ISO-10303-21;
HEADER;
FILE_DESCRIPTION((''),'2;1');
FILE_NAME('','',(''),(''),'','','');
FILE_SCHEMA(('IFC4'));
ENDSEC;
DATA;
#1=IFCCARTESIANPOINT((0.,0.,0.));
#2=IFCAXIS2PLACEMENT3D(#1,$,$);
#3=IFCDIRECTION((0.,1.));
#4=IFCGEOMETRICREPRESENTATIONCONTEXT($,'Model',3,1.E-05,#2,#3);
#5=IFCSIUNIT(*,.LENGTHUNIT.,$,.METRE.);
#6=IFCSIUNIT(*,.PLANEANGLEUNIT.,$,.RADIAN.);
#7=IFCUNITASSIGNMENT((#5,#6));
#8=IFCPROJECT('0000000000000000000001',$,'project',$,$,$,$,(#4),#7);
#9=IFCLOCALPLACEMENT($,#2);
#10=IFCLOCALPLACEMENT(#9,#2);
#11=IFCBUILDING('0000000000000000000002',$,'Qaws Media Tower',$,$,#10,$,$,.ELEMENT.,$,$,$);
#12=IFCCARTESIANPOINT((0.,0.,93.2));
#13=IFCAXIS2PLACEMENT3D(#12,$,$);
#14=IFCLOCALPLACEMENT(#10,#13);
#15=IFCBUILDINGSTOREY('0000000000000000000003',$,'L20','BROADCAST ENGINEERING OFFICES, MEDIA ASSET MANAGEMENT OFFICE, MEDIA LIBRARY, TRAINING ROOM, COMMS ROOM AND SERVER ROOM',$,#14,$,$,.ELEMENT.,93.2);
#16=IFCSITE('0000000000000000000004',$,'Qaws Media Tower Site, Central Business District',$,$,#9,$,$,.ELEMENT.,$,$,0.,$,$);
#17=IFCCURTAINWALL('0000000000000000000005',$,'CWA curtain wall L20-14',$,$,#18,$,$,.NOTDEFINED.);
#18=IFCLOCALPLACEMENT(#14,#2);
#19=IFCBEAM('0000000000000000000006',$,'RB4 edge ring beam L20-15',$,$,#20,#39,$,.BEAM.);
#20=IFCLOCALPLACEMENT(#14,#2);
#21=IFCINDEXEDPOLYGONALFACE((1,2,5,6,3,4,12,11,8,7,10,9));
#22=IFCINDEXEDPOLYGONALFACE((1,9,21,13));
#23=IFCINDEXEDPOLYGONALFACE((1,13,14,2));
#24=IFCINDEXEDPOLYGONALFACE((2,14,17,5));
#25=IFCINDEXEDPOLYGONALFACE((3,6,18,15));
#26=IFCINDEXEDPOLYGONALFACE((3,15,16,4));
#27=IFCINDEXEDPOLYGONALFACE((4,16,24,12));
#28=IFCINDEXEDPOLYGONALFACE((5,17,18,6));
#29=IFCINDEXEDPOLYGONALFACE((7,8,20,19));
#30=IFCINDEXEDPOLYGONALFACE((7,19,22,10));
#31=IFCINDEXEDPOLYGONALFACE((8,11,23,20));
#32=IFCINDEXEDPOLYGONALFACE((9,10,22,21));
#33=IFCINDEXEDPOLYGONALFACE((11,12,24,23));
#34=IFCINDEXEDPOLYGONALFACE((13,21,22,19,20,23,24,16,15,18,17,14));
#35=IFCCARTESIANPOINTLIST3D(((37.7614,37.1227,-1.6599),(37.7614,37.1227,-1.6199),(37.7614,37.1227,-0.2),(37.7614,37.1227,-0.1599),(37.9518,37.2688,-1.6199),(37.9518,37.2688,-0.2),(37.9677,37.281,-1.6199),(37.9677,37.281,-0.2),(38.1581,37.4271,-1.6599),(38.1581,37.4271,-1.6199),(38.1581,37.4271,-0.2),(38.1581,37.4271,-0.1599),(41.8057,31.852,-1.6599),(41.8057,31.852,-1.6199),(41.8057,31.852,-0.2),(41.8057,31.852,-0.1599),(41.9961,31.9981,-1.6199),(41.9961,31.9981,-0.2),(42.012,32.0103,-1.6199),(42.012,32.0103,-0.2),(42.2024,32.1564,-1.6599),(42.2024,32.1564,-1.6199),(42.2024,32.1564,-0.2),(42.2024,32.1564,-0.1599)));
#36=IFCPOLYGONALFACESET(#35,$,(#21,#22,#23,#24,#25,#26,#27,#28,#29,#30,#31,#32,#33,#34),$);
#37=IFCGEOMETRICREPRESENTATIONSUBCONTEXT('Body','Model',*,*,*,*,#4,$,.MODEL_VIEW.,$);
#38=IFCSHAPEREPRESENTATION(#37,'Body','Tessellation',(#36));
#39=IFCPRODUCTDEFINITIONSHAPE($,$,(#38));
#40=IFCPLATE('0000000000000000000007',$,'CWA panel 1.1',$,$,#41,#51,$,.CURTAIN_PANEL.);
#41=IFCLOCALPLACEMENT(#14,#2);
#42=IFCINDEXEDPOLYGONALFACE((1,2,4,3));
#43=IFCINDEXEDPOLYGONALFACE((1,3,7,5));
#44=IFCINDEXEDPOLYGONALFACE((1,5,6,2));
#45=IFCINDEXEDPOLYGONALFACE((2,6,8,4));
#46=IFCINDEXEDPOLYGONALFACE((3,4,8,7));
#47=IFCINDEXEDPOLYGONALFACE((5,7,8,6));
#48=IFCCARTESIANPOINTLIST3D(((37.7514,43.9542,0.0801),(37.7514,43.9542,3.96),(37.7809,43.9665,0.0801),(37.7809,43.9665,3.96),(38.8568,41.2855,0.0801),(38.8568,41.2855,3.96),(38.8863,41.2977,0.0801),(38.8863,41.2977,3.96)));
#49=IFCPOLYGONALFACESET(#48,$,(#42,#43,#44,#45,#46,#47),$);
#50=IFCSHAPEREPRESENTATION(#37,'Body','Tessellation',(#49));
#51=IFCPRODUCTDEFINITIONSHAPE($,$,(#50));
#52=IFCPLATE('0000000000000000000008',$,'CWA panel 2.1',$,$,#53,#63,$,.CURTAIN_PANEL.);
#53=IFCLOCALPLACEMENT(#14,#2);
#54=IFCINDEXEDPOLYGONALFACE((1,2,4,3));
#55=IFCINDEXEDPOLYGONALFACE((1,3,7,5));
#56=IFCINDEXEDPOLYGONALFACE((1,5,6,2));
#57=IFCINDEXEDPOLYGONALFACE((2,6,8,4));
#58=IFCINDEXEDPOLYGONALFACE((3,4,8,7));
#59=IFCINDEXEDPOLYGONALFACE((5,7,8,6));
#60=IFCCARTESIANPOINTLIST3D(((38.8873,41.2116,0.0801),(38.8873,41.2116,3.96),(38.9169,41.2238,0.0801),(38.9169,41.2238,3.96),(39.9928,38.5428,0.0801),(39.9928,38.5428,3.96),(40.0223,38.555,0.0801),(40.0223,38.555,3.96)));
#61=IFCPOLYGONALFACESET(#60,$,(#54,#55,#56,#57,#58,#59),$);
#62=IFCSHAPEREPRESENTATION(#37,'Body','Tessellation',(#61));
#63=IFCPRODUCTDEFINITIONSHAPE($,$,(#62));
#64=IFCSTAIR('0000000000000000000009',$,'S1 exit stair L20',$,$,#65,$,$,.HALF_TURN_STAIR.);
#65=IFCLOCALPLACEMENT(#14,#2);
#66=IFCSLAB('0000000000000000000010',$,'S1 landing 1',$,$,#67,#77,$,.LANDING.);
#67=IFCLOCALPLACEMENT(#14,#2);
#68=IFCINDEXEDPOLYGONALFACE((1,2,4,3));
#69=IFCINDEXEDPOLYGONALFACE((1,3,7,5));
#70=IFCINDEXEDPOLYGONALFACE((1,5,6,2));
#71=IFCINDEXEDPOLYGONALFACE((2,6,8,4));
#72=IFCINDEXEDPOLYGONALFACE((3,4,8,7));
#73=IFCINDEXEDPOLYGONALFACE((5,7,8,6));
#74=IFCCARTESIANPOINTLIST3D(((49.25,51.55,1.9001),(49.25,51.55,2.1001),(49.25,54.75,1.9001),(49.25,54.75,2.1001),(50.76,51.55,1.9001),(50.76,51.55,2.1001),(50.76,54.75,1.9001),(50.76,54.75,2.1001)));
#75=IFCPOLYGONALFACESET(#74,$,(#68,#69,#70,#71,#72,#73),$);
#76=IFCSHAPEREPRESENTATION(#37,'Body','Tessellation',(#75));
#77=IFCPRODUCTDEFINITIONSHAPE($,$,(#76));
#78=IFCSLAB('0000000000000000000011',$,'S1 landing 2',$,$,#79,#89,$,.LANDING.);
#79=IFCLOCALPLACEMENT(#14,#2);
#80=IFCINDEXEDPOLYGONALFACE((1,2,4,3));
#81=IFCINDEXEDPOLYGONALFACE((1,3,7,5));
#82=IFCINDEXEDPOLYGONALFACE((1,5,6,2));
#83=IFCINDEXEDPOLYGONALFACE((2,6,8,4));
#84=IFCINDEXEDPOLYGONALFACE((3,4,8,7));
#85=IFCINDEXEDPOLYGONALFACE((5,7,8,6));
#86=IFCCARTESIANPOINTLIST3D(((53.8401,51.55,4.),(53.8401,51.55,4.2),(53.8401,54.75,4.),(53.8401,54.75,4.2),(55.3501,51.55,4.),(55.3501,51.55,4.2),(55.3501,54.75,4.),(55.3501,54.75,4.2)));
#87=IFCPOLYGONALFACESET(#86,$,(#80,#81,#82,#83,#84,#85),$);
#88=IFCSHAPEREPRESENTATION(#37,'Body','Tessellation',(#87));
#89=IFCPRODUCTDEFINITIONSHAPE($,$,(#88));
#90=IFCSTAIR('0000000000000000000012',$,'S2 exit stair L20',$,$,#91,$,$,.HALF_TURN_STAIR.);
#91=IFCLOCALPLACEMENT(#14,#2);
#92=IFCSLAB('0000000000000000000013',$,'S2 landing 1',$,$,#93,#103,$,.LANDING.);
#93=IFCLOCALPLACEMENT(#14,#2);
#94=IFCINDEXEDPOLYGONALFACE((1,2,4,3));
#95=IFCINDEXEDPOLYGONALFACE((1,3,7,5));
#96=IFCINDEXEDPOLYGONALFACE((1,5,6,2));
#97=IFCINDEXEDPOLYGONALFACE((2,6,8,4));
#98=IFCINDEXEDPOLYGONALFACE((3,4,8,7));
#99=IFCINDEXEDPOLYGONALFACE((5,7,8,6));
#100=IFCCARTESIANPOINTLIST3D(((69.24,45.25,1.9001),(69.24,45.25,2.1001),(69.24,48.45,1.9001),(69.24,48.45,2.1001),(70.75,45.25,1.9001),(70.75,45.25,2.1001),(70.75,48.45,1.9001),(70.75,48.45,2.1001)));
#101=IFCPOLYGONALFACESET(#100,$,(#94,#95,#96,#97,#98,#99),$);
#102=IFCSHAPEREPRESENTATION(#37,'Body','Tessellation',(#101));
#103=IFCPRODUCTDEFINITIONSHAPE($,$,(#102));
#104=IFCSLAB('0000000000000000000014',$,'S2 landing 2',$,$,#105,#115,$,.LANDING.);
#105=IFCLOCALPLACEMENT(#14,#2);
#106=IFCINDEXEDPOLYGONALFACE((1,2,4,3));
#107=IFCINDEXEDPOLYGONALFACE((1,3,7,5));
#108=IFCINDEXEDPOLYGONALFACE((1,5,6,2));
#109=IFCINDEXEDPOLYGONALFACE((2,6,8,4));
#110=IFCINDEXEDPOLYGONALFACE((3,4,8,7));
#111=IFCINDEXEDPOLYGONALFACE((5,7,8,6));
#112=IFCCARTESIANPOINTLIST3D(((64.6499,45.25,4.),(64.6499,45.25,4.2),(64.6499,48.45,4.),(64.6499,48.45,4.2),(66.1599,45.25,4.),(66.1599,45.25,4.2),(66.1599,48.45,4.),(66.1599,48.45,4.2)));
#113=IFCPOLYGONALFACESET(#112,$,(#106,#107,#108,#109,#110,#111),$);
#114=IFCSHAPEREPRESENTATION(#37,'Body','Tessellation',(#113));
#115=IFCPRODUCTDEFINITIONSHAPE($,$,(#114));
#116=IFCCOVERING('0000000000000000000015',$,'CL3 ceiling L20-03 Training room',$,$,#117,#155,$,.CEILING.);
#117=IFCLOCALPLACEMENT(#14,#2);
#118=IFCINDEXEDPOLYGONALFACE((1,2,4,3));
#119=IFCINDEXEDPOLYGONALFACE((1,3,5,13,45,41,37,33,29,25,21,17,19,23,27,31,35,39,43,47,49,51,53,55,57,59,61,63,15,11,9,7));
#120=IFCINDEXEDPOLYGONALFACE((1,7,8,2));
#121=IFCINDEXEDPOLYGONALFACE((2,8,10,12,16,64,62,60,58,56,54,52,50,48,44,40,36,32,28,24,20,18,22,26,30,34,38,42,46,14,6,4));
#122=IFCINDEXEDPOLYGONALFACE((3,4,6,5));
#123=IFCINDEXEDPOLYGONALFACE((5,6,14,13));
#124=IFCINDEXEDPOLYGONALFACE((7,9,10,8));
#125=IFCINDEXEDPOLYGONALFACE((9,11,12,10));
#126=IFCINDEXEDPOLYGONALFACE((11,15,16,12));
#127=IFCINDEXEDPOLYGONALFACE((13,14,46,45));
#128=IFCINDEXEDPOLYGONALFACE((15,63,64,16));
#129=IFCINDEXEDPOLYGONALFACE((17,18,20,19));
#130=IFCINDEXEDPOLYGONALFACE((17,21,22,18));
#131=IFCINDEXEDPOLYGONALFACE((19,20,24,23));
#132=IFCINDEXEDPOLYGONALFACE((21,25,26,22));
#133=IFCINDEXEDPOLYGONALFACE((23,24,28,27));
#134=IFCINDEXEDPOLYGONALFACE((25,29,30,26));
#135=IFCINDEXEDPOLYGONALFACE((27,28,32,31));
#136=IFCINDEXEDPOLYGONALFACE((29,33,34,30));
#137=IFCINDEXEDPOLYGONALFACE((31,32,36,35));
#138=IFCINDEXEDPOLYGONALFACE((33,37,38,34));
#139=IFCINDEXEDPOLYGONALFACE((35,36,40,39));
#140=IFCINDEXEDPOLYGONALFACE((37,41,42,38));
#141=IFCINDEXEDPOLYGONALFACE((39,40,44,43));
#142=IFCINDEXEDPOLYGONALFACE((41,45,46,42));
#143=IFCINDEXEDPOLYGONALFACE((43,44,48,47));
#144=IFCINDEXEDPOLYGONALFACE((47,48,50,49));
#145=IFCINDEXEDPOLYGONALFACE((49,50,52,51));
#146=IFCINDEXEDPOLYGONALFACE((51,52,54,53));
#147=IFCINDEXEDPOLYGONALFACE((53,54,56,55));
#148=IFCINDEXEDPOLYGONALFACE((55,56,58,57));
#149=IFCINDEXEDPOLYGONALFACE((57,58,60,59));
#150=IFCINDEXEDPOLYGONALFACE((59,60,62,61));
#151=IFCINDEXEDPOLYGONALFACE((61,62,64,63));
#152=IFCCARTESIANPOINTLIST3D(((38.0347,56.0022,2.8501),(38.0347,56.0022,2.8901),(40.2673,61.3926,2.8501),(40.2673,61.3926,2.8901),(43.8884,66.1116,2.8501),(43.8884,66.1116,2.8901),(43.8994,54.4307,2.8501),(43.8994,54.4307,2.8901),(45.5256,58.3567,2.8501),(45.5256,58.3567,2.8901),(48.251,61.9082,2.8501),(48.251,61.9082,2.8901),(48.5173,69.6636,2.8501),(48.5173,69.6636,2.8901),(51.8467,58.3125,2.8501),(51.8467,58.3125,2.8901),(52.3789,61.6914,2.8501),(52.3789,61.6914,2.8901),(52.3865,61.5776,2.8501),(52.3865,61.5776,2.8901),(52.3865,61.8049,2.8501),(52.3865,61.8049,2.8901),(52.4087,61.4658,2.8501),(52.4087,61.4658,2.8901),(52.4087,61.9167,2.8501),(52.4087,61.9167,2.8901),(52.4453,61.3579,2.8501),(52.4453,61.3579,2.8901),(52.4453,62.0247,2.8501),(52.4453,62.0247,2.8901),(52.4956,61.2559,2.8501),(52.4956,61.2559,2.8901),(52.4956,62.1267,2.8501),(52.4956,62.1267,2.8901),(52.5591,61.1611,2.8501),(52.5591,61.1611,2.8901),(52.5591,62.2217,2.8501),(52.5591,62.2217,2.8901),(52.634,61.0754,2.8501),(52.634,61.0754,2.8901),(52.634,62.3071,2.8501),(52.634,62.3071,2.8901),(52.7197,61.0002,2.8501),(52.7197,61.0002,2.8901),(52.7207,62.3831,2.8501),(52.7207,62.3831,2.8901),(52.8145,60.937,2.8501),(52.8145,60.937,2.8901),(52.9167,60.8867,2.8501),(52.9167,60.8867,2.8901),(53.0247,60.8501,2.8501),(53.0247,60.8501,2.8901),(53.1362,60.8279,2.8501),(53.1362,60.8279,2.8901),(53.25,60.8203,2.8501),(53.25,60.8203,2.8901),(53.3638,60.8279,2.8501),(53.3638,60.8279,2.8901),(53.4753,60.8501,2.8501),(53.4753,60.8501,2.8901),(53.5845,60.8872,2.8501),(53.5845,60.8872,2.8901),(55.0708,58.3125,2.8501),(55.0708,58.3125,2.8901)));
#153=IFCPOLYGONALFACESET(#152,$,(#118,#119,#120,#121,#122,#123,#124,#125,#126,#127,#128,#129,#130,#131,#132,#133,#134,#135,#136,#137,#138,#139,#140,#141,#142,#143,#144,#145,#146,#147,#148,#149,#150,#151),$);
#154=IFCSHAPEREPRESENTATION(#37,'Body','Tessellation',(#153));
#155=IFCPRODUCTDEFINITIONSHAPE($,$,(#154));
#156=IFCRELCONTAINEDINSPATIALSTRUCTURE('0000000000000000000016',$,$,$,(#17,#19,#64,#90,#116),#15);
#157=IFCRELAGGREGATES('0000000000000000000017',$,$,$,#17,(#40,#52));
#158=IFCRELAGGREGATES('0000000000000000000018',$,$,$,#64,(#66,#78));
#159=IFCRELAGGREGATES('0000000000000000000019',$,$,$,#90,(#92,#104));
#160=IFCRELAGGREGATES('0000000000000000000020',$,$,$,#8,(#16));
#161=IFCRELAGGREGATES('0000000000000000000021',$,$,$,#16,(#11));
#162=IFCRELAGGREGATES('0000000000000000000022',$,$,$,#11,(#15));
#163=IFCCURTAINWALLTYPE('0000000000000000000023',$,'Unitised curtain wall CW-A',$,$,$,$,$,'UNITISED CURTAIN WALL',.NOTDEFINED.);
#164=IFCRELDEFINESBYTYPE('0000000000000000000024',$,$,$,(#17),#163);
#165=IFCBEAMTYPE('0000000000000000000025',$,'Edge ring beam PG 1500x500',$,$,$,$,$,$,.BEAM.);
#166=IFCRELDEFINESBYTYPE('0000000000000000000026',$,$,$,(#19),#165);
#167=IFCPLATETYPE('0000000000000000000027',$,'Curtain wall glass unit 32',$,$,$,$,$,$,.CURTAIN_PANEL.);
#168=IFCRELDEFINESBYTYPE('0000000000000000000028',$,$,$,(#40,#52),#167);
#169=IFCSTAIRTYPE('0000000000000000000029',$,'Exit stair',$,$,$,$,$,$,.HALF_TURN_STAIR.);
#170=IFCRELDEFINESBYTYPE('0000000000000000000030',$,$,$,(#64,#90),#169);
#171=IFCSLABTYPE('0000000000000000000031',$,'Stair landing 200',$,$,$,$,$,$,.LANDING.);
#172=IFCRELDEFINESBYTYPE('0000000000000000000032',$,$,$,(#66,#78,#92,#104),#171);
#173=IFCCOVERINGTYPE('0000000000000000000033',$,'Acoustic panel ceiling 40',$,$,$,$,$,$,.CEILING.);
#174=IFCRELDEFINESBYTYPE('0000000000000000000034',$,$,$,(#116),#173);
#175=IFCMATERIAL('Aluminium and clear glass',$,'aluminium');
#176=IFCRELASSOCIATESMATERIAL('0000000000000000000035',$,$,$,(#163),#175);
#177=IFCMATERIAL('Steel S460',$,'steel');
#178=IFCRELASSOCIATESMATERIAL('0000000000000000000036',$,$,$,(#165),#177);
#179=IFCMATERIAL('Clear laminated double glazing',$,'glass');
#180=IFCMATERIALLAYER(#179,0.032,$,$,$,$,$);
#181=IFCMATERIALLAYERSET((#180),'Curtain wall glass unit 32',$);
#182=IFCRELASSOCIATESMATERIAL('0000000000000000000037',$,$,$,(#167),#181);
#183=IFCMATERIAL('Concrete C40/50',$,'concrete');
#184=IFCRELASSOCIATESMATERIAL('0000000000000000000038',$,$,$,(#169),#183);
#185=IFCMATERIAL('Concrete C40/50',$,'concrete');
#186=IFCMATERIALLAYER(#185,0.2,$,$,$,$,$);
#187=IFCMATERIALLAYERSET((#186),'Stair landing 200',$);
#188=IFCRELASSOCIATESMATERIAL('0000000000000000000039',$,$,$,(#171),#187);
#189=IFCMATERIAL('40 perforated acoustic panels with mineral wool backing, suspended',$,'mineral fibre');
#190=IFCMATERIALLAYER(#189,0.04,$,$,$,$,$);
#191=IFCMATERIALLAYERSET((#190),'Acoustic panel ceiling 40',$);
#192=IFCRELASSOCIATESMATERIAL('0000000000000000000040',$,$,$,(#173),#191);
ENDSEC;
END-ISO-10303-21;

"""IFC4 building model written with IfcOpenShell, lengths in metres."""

from ifc_helpers import new_model, si_unit, direction, frame, origin, origin_2d, place, context, subcontext, project, spatial, polyline, rectangle, i_section, outline, extrude, material, layer, layer_set, material_profile, profile_set, type_object, element, aggregate, save


model = new_model("IFC4")

# Units and contexts
model_context = context("Model", 3, precision=1e-05, world=origin(), true_north=direction((0.0, 1.0)))
body_context = subcontext(model_context, "Body", "Model", "MODEL_VIEW")
ifc_project = project(units=[si_unit("LENGTHUNIT", "METRE"), si_unit("PLANEANGLEUNIT", "RADIAN")], contexts=[model_context])

# Site, building, storey
site_placement = place(None, origin())
site = spatial("IfcSite", under=ifc_project, at=site_placement, Name="Qaws Media Tower Site, Central Business District", CompositionType="ELEMENT", RefElevation=0.0)
building_placement = place(site_placement, origin())
building = spatial("IfcBuilding", under=site, at=building_placement, Name="Qaws Media Tower", CompositionType="ELEMENT")
storey_placement = place(building_placement, frame((0.0, 0.0, 93.2)))
storey = spatial("IfcBuildingStorey", under=building, at=storey_placement, Name="L20", Description="BROADCAST ENGINEERING OFFICES, MEDIA ASSET MANAGEMENT OFFICE, MEDIA LIBRARY, TRAINING ROOM, COMMS ROOM AND SERVER ROOM", CompositionType="ELEMENT", Elevation=93.2)

# Curtain wall
ifc_material_1 = material(Name="Aluminium and clear glass", Category="aluminium")
curtain_wall_type = type_object("IfcCurtainWallType", Name="Unitised curtain wall CW-A", ElementType="UNITISED CURTAIN WALL", PredefinedType="NOTDEFINED", material=ifc_material_1)
curtain_wall_placement = place(storey_placement, origin())
curtain_wall = element("IfcCurtainWall", 1, at=curtain_wall_placement, inside=storey, type_object=curtain_wall_type, Name="CWA curtain wall L20-14", PredefinedType="NOTDEFINED")

# Beam
ifc_material_2 = material(Name="Steel S460", Category="steel")
ifc_material_profile_1 = material_profile(ifc_material_2, i_section(OverallWidth=0.5, OverallDepth=1.5, WebThickness=0.02, FlangeThickness=0.04, at=origin_2d()), Name="PG 1500x500")
ifc_profile_set_1 = profile_set([ifc_material_profile_1], Name="Steel S460")
beam_type = type_object("IfcBeamType", Name="Edge ring beam PG 1500x500", PredefinedType="BEAM", material=ifc_profile_set_1)
beam_1_placement = place(storey_placement, frame((37.9597, 37.2749, -0.9099), z_axis=(0.608766, -0.79335, 0.0), x_axis=(0.79335, 0.608766, 0.0)))
element("IfcBeam", 2, at=beam_1_placement, inside=storey, type_object=beam_type, Name="RB4 edge ring beam L20-15", PredefinedType="BEAM", context=body_context, shape_type="SweptSolid", body=[
    extrude(i_section(OverallWidth=0.5, OverallDepth=1.5, WebThickness=0.02, FlangeThickness=0.04, at=origin_2d()), origin(), (0.0, 0.0, 1.0), 6.6436),
])

# Plates
ifc_material_3 = material(Name="Clear laminated double glazing", Category="glass")
ifc_layer_1 = layer(ifc_material_3, 0.032)
ifc_layer_set_1 = layer_set([ifc_layer_1], Name="Curtain wall glass unit 32")
plate_type = type_object("IfcPlateType", Name="Curtain wall glass unit 32", PredefinedType="CURTAIN_PANEL", material=ifc_layer_set_1)
plate_1_placement = place(storey_placement, frame((38.3188, 42.626, 0.0801), z_axis=(0.0, 0.0, 1.0), x_axis=(0.382683, -0.92388, 0.0)))
plate_1 = element("IfcPlate", 3, at=plate_1_placement, type_object=plate_type, Name="CWA panel 1.1", PredefinedType="CURTAIN_PANEL", context=body_context, shape_type="SweptSolid", body=[
    extrude(rectangle(XDim=2.8887, YDim=0.032, at=origin_2d()), origin(), (0.0, 0.0, 1.0), 3.8799),
])
plate_2_placement = place(storey_placement, frame((39.4548, 39.8833, 0.0801), z_axis=(0.0, 0.0, 1.0), x_axis=(0.382683, -0.92388, 0.0)))
plate_2 = element("IfcPlate", 4, at=plate_2_placement, type_object=plate_type, Name="CWA panel 2.1", PredefinedType="CURTAIN_PANEL", context=body_context, shape_type="SweptSolid", body=[
    extrude(rectangle(XDim=2.8887, YDim=0.032, at=origin_2d()), origin(), (0.0, 0.0, 1.0), 3.8799),
])
aggregate(curtain_wall, [plate_1, plate_2])

# Stairs, slabs
ifc_material_4 = material(Name="Concrete C40/50", Category="concrete")
stair_type = type_object("IfcStairType", Name="Exit stair", PredefinedType="HALF_TURN_STAIR", material=ifc_material_4)
stair_1_placement = place(storey_placement, origin())
stair_1 = element("IfcStair", 5, at=stair_1_placement, inside=storey, type_object=stair_type, Name="S1 exit stair L20", PredefinedType="HALF_TURN_STAIR")
ifc_material_5 = material(Name="Concrete C40/50", Category="concrete")
ifc_layer_2 = layer(ifc_material_5, 0.2)
ifc_layer_set_2 = layer_set([ifc_layer_2], Name="Stair landing 200")
slab_type = type_object("IfcSlabType", Name="Stair landing 200", PredefinedType="LANDING", material=ifc_layer_set_2)
slab_1_placement = place(storey_placement, frame((0.0, 0.0, 1.9001)))
slab_1 = element("IfcSlab", 6, at=slab_1_placement, type_object=slab_type, Name="S1 landing 1", PredefinedType="LANDING", context=body_context, shape_type="SweptSolid", body=[
    extrude(outline(polyline([(49.25, 51.55), (50.76, 51.55), (50.76, 54.75), (49.25, 54.75), (49.25, 51.55)])), origin(), (0.0, 0.0, 1.0), 0.2),
])
slab_2_placement = place(storey_placement, frame((0.0, 0.0, 4.0)))
slab_2 = element("IfcSlab", 7, at=slab_2_placement, type_object=slab_type, Name="S1 landing 2", PredefinedType="LANDING", context=body_context, shape_type="SweptSolid", body=[
    extrude(outline(polyline([(53.8401, 51.55), (55.3501, 51.55), (55.3501, 54.75), (53.8401, 54.75), (53.8401, 51.55)])), origin(), (0.0, 0.0, 1.0), 0.2),
])
aggregate(stair_1, [slab_1, slab_2])
stair_2_placement = place(storey_placement, origin())
stair_2 = element("IfcStair", 8, at=stair_2_placement, inside=storey, type_object=stair_type, Name="S2 exit stair L20", PredefinedType="HALF_TURN_STAIR")
slab_3_placement = place(storey_placement, frame((0.0, 0.0, 1.9001)))
slab_3 = element("IfcSlab", 9, at=slab_3_placement, type_object=slab_type, Name="S2 landing 1", PredefinedType="LANDING", context=body_context, shape_type="SweptSolid", body=[
    extrude(outline(polyline([(69.24, 45.25), (70.75, 45.25), (70.75, 48.45), (69.24, 48.45), (69.24, 45.25)])), origin(), (0.0, 0.0, 1.0), 0.2),
])
slab_4_placement = place(storey_placement, frame((0.0, 0.0, 4.0)))
slab_4 = element("IfcSlab", 10, at=slab_4_placement, type_object=slab_type, Name="S2 landing 2", PredefinedType="LANDING", context=body_context, shape_type="SweptSolid", body=[
    extrude(outline(polyline([(64.6499, 45.25), (66.1599, 45.25), (66.1599, 48.45), (64.6499, 48.45), (64.6499, 45.25)])), origin(), (0.0, 0.0, 1.0), 0.2),
])
aggregate(stair_2, [slab_3, slab_4])

# Covering
ifc_material_6 = material(Name="40 perforated acoustic panels with mineral wool backing, suspended", Category="mineral fibre")
ifc_layer_3 = layer(ifc_material_6, 0.04)
ifc_layer_set_3 = layer_set([ifc_layer_3], Name="Acoustic panel ceiling 40")
covering_type_1 = type_object("IfcCoveringType", Name="Acoustic panel ceiling 40", PredefinedType="CEILING", material=ifc_layer_set_3)
covering_1_placement = place(storey_placement, frame((0.0, 0.0, 2.8501)))
element("IfcCovering", 11, at=covering_1_placement, inside=storey, type_object=covering_type_1, Name="CL3 ceiling L20-03 Training room", PredefinedType="CEILING", context=body_context, shape_type="SweptSolid", body=[
    extrude(outline(polyline([(40.2673, 61.3926), (43.8884, 66.1116), (48.5173, 69.6636), (52.7207, 62.3831), (52.634, 62.3071), (52.5591, 62.2217), (52.4956, 62.1267), (52.4453, 62.0247), (52.4087, 61.9167), (52.3865, 61.8049), (52.3789, 61.6914), (52.3865, 61.5776), (52.4087, 61.4658), (52.4453, 61.3579), (52.4956, 61.2559), (52.5591, 61.1611), (52.634, 61.0754), (52.7197, 61.0002), (52.8145, 60.937), (52.9167, 60.8867), (53.0247, 60.8501), (53.1362, 60.8279), (53.25, 60.8203), (53.3638, 60.8279), (53.4753, 60.8501), (53.5845, 60.8872), (55.0708, 58.3125), (51.8467, 58.3125), (48.251, 61.9082), (45.5256, 58.3567), (43.8994, 54.4307), (38.0347, 56.0022), (40.2673, 61.3926)])), origin(), (0.0, 0.0, 1.0), 0.04),
])

save(model, "model.ifc")
